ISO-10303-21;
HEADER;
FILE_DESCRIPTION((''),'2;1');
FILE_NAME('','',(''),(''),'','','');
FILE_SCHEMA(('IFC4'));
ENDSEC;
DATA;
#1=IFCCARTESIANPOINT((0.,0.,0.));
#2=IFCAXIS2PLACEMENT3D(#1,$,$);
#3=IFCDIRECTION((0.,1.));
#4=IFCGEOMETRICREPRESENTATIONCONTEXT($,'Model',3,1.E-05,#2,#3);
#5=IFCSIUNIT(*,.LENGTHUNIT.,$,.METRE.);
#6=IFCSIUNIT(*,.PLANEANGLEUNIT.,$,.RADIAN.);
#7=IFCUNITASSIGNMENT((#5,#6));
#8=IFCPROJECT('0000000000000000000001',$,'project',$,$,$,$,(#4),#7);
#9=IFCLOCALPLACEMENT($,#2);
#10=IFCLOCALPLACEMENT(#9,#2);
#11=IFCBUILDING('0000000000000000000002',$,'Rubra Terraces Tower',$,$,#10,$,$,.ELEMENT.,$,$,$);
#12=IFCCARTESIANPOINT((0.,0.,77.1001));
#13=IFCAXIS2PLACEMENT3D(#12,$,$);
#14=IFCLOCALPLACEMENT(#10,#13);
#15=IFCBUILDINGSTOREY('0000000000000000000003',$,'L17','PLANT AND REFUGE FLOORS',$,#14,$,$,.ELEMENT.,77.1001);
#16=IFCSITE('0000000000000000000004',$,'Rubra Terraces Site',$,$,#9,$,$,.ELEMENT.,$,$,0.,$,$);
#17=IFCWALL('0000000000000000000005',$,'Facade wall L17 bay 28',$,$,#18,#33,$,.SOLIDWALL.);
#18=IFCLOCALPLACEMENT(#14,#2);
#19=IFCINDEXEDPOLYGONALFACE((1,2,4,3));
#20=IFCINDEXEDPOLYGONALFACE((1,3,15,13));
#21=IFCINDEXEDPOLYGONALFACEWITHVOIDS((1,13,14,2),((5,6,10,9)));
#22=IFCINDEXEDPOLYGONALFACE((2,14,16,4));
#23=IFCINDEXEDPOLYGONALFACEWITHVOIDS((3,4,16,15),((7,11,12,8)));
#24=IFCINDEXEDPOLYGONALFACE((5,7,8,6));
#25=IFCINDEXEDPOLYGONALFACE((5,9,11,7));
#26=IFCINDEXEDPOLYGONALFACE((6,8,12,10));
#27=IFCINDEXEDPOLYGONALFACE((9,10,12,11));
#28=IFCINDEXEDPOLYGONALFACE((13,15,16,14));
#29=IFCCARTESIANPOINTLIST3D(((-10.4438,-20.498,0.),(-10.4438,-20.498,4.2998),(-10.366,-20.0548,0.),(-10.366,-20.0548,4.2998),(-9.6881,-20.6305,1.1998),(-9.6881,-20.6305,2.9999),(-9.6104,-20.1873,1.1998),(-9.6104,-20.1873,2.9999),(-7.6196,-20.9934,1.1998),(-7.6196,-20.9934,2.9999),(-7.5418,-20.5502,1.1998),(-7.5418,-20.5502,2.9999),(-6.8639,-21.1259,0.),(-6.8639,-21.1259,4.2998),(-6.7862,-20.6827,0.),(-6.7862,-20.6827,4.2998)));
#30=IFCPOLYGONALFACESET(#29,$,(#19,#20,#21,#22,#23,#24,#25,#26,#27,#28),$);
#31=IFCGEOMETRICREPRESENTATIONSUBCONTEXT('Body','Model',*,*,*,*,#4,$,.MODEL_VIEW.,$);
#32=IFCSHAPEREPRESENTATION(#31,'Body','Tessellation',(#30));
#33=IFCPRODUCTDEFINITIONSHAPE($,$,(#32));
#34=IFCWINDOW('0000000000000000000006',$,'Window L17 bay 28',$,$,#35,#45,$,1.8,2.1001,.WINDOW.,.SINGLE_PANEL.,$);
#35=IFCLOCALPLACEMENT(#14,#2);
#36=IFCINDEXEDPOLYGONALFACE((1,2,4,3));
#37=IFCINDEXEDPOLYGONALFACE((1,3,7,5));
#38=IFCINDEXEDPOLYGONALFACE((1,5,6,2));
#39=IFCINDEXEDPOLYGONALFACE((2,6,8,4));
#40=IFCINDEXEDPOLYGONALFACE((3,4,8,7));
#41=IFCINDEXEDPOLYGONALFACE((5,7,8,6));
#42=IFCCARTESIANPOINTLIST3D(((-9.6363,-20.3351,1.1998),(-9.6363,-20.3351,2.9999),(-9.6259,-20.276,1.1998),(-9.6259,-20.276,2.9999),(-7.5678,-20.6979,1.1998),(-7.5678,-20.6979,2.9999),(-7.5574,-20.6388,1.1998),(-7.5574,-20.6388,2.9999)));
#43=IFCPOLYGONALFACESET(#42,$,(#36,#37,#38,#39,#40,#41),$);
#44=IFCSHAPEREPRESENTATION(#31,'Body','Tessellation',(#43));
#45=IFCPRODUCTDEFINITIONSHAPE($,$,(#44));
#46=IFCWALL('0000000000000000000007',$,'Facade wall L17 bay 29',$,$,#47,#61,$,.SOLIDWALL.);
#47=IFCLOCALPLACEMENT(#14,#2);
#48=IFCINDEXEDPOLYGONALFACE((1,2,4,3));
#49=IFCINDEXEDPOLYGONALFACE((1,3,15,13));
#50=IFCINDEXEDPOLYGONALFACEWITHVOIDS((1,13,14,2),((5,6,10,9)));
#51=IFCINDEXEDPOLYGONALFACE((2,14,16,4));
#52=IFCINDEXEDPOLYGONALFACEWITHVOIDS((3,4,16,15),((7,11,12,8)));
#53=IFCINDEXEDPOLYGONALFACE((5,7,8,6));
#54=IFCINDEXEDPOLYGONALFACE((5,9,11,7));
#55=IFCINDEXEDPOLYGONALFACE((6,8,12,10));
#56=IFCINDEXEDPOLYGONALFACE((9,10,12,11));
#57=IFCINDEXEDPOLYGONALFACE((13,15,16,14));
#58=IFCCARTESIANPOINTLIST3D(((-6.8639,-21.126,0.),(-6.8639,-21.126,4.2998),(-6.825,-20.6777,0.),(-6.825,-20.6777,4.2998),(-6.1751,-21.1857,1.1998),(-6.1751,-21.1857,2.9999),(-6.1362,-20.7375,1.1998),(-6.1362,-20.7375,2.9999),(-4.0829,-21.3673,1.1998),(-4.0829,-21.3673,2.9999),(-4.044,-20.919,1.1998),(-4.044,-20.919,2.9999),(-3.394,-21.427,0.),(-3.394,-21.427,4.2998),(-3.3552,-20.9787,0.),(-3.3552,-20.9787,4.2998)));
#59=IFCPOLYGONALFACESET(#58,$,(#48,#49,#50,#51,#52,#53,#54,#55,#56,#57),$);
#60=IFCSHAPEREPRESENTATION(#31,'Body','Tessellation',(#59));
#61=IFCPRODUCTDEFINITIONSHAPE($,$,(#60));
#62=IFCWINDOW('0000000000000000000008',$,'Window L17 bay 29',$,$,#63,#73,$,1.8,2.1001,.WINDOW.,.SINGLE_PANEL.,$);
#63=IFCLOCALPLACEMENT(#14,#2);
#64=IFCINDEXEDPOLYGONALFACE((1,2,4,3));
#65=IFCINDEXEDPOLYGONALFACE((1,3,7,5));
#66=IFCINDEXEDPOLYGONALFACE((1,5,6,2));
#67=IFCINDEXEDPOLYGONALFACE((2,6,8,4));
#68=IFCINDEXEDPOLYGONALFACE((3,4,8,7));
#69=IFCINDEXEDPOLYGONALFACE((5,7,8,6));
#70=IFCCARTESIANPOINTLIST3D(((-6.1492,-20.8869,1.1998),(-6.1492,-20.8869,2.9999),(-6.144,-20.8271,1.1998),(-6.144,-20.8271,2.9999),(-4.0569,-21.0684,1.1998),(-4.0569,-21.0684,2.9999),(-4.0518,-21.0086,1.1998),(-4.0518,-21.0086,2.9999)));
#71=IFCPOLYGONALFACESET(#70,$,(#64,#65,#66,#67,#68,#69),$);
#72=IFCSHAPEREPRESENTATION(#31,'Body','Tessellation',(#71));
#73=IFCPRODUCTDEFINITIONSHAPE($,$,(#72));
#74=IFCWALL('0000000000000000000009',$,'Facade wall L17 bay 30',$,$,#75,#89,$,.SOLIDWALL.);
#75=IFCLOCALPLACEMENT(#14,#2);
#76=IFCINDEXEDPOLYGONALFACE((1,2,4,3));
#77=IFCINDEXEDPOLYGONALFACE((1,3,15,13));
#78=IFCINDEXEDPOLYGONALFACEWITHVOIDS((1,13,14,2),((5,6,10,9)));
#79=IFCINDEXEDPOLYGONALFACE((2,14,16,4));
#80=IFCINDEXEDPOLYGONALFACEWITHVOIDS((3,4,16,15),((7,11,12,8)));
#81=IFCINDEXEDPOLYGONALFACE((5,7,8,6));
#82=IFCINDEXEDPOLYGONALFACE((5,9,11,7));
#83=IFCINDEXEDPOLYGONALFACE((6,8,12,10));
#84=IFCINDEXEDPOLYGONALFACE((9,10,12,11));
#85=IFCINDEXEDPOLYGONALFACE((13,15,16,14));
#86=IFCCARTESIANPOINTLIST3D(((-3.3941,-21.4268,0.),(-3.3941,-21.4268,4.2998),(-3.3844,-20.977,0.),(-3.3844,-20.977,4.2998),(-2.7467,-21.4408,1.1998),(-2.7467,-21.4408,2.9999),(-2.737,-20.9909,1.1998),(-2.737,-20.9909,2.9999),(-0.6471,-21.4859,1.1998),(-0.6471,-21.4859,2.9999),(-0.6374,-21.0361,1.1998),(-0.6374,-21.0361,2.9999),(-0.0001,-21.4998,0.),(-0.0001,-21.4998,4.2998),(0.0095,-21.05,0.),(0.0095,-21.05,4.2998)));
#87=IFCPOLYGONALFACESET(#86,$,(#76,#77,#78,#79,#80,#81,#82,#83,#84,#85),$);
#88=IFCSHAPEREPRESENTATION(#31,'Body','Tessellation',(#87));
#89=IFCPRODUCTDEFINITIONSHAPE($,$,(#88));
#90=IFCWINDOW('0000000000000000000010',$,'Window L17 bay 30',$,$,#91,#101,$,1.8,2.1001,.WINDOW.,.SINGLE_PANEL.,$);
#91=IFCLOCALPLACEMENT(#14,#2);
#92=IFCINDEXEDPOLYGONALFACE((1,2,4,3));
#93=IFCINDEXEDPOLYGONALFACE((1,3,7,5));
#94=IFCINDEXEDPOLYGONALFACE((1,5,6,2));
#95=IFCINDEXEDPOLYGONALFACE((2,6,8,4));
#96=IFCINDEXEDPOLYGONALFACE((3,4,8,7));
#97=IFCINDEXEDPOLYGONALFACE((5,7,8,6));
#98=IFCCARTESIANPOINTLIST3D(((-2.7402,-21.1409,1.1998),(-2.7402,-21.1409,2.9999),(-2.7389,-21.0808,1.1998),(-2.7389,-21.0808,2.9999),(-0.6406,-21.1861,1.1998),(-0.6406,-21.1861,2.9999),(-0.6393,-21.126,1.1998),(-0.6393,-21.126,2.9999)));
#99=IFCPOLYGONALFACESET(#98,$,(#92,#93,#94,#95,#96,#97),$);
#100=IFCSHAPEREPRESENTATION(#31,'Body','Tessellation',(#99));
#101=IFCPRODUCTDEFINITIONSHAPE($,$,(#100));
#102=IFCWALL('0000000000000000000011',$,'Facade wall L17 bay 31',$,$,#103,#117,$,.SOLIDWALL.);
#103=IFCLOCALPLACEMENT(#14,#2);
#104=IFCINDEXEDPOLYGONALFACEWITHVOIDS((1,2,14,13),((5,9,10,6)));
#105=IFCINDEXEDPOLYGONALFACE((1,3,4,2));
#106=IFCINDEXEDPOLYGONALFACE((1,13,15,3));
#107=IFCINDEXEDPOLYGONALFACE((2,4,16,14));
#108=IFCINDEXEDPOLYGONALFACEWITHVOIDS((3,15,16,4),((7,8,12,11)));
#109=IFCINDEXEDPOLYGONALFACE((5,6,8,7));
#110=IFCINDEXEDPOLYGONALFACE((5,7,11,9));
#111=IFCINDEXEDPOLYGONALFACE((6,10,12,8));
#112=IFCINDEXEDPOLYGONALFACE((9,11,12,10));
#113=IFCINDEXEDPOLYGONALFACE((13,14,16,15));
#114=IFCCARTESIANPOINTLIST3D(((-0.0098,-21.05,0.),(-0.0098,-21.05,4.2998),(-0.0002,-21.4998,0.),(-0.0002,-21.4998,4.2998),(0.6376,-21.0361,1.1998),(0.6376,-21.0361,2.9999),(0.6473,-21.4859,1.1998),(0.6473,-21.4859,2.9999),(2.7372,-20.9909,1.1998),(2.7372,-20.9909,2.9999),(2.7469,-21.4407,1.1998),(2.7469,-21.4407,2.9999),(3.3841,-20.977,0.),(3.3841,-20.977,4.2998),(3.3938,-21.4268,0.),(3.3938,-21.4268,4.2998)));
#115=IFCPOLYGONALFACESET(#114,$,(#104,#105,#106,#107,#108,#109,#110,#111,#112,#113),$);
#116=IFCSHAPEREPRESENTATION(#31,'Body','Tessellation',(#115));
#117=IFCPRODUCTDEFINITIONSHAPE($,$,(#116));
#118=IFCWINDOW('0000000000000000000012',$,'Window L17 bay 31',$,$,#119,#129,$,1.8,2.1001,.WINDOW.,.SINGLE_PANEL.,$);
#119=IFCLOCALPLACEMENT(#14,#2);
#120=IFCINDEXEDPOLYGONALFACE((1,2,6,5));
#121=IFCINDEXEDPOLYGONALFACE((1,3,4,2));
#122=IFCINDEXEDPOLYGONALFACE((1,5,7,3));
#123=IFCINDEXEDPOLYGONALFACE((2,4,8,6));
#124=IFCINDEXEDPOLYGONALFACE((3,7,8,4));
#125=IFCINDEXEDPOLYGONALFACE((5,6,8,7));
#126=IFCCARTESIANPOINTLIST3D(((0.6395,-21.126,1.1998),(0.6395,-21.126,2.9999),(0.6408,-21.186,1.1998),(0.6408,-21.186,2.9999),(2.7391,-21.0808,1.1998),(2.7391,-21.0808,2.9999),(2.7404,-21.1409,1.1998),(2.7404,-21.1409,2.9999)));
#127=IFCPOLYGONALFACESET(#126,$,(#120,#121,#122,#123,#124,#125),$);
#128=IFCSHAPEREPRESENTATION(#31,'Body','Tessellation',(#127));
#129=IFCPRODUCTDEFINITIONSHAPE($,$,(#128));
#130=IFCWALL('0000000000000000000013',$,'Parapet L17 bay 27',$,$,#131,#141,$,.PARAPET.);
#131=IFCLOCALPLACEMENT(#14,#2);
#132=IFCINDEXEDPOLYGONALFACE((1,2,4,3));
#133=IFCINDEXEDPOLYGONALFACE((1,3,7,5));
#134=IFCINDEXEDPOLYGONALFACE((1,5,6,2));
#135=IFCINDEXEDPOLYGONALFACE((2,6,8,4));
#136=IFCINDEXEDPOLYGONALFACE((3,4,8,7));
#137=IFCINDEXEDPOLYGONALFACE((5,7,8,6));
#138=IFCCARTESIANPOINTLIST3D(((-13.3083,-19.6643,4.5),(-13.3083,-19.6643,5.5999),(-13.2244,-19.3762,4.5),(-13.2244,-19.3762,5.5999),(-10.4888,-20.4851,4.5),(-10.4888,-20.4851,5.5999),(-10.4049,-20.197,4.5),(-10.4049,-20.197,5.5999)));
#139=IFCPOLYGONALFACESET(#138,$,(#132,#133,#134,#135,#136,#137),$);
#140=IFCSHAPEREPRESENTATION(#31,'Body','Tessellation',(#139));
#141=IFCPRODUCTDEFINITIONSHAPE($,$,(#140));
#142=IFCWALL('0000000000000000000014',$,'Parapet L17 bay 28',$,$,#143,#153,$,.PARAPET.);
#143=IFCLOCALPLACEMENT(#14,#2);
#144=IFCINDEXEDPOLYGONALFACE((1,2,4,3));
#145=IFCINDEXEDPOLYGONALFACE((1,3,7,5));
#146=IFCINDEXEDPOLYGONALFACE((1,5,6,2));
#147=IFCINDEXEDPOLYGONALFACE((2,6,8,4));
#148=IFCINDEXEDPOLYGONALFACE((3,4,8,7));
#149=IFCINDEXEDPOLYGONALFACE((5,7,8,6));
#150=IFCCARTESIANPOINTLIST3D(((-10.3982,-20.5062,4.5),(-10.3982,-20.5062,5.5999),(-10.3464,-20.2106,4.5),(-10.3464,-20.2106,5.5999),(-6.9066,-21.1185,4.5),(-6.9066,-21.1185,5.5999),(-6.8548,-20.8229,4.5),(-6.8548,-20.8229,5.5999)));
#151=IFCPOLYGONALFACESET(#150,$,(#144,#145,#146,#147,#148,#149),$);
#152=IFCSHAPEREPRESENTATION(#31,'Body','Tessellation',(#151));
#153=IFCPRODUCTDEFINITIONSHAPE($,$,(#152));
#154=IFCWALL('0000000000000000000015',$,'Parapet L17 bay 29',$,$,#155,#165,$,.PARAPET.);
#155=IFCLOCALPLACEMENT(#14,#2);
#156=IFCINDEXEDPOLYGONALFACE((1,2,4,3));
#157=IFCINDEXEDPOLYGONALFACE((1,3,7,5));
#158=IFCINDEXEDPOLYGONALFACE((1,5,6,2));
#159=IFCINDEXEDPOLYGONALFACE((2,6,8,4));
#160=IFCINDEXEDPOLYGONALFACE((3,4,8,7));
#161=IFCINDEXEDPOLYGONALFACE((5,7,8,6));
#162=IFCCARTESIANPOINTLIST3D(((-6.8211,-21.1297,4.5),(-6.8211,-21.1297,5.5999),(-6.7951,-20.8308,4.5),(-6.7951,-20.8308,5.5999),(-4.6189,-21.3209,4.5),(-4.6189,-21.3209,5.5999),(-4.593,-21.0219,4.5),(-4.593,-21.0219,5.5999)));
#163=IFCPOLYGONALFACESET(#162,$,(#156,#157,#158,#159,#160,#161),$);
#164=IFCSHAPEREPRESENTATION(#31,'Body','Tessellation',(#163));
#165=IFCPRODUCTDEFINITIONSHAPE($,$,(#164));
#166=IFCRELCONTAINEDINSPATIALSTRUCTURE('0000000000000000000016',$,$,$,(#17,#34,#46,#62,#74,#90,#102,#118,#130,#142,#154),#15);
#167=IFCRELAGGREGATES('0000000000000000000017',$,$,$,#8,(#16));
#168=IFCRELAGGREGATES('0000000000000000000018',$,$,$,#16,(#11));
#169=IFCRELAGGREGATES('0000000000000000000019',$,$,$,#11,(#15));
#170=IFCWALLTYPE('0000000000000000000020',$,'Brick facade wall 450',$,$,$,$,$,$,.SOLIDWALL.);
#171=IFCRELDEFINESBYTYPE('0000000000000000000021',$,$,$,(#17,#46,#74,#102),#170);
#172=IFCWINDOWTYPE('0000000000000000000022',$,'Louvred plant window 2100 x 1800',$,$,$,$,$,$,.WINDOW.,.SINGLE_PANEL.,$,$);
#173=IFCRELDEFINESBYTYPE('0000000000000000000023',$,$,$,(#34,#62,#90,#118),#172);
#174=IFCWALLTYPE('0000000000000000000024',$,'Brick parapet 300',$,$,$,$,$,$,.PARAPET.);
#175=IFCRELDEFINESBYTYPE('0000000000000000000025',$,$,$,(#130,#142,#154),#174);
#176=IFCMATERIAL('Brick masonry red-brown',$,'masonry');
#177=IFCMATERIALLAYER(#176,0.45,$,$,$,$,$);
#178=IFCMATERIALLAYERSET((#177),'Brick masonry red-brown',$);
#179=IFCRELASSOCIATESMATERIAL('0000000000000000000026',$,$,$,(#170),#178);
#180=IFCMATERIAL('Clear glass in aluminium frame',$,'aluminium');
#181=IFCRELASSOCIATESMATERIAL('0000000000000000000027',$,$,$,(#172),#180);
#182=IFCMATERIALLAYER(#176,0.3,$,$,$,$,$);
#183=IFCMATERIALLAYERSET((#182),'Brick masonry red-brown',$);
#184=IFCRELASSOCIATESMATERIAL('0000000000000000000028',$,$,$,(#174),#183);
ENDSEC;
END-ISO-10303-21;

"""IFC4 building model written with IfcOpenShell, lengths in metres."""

from ifc_helpers import new_model, si_unit, direction, frame, frame_2d, origin, place, context, subcontext, project, spatial, rectangle, extrude, material, layer, layer_set, type_object, element, fill, save


model = new_model("IFC4")

# Units and contexts
model_context = context("Model", 3, precision=1e-05, world=origin(), true_north=direction((0.0, 1.0)))
body_context = subcontext(model_context, "Body", "Model", "MODEL_VIEW")
ifc_project = project(units=[si_unit("LENGTHUNIT", "METRE"), si_unit("PLANEANGLEUNIT", "RADIAN")], contexts=[model_context])

# Site, building, storey
site_placement = place(None, origin())
site = spatial("IfcSite", under=ifc_project, at=site_placement, Name="Rubra Terraces Site", CompositionType="ELEMENT", RefElevation=0.0)
building_placement = place(site_placement, origin())
building = spatial("IfcBuilding", under=site, at=building_placement, Name="Rubra Terraces Tower", CompositionType="ELEMENT")
storey_placement = place(building_placement, frame((0.0, 0.0, 77.1001)))
storey = spatial("IfcBuildingStorey", under=building, at=storey_placement, Name="L17", Description="PLANT AND REFUGE FLOORS", CompositionType="ELEMENT", Elevation=77.1001)

# Walls, openings, windows
ifc_material_1 = material(Name="Brick masonry red-brown", Category="masonry")
ifc_layer_1 = layer(ifc_material_1, 0.45)
ifc_layer_set_1 = layer_set([ifc_layer_1], Name="Brick masonry red-brown")
wall_type_1 = type_object("IfcWallType", Name="Brick facade wall 450", PredefinedType="SOLIDWALL", material=ifc_layer_set_1)
wall_1_placement = place(storey_placement, frame((-10.405, -20.2764, 0.0), z_axis=(0.0, 0.0, 1.0), x_axis=(0.984962, -0.17277, 0.0)))
wall_1 = element("IfcWall", 1, at=wall_1_placement, inside=storey, type_object=wall_type_1, Name="Facade wall L17 bay 28", PredefinedType="SOLIDWALL", context=body_context, shape_type="SweptSolid", body=[
    extrude(rectangle(XDim=3.6345, YDim=0.45, at=frame_2d((1.8174, 0.0))), origin(), (0.0, 0.0, 1.0), 4.2998),
])
opening_1_placement = place(wall_1_placement, frame((0.7673, 0.0, 1.2)))
opening_1 = element("IfcOpeningElement", 2, at=opening_1_placement, cuts=wall_1, PredefinedType="OPENING", context=body_context, shape_type="SweptSolid", body=[
    extrude(rectangle(XDim=2.1001, YDim=1.8, at=frame_2d((1.05, 0.8999))), frame((0.0, 0.2349, 0.0), z_axis=(0.0, -1.0, 0.0), x_axis=(1.0, 0.0, 0.0)), (0.0, 0.0, 1.0), 0.47),
])
ifc_material_2 = material(Name="Clear glass in aluminium frame", Category="aluminium")
window_type = type_object("IfcWindowType", Name="Louvred plant window 2100 x 1800", PartitioningType="SINGLE_PANEL", PredefinedType="WINDOW", material=ifc_material_2)
window_1_placement = place(opening_1_placement, origin())
window_1 = element("IfcWindow", 3, at=window_1_placement, inside=storey, type_object=window_type, Name="Window L17 bay 28", OverallHeight=1.8, OverallWidth=2.1001, PartitioningType="SINGLE_PANEL", PredefinedType="WINDOW", context=body_context, shape_type="SweptSolid", body=[
    extrude(rectangle(XDim=2.1001, YDim=1.8, at=frame_2d((1.05, 0.8999))), frame((0.0, 0.135, 0.0), z_axis=(0.0, -1.0, 0.0), x_axis=(1.0, 0.0, 0.0)), (0.0, 0.0, 1.0), 0.0601),
])
fill(opening_1, window_1)
wall_2_placement = place(storey_placement, frame((-6.8445, -20.9019, 0.0), z_axis=(0.0, 0.0, 1.0), x_axis=(0.996258, -0.086427, 0.0)))
wall_2 = element("IfcWall", 4, at=wall_2_placement, inside=storey, type_object=wall_type_1, Name="Facade wall L17 bay 29", PredefinedType="SOLIDWALL", context=body_context, shape_type="SweptSolid", body=[
    extrude(rectangle(XDim=3.4829, YDim=0.45, at=frame_2d((1.7415, 0.0))), origin(), (0.0, 0.0, 1.0), 4.2998),
])
opening_2_placement = place(wall_2_placement, frame((0.6914, 0.0, 1.2)))
opening_2 = element("IfcOpeningElement", 5, at=opening_2_placement, cuts=wall_2, PredefinedType="OPENING", context=body_context, shape_type="SweptSolid", body=[
    extrude(rectangle(XDim=2.1001, YDim=1.8, at=frame_2d((1.05, 0.8999))), frame((0.0, 0.2349, 0.0), z_axis=(0.0, -1.0, 0.0), x_axis=(1.0, 0.0, 0.0)), (0.0, 0.0, 1.0), 0.47),
])
window_2_placement = place(opening_2_placement, origin())
window_2 = element("IfcWindow", 6, at=window_2_placement, inside=storey, type_object=window_type, Name="Window L17 bay 29", OverallHeight=1.8, OverallWidth=2.1001, PartitioningType="SINGLE_PANEL", PredefinedType="WINDOW", context=body_context, shape_type="SweptSolid", body=[
    extrude(rectangle(XDim=2.1001, YDim=1.8, at=frame_2d((1.05, 0.8999))), frame((0.0, 0.135, 0.0), z_axis=(0.0, -1.0, 0.0), x_axis=(1.0, 0.0, 0.0)), (0.0, 0.0, 1.0), 0.0601),
])
fill(opening_2, window_2)
wall_3_placement = place(storey_placement, frame((-3.3892, -21.2019, 0.0), z_axis=(0.0, 0.0, 1.0), x_axis=(0.999769, -0.021503, 0.0)))
wall_3 = element("IfcWall", 7, at=wall_3_placement, inside=storey, type_object=wall_type_1, Name="Facade wall L17 bay 30", PredefinedType="SOLIDWALL", context=body_context, shape_type="SweptSolid", body=[
    extrude(rectangle(XDim=3.3948, YDim=0.45, at=frame_2d((1.6973, 0.0))), origin(), (0.0, 0.0, 1.0), 4.2998),
])
opening_3_placement = place(wall_3_placement, frame((0.6475, 0.0, 1.2)))
opening_3 = element("IfcOpeningElement", 8, at=opening_3_placement, cuts=wall_3, PredefinedType="OPENING", context=body_context, shape_type="SweptSolid", body=[
    extrude(rectangle(XDim=2.1001, YDim=1.8, at=frame_2d((1.05, 0.8999))), frame((0.0, 0.2349, 0.0), z_axis=(0.0, -1.0, 0.0), x_axis=(1.0, 0.0, 0.0)), (0.0, 0.0, 1.0), 0.47),
])
window_3_placement = place(opening_3_placement, origin())
window_3 = element("IfcWindow", 9, at=window_3_placement, inside=storey, type_object=window_type, Name="Window L17 bay 30", OverallHeight=1.8, OverallWidth=2.1001, PartitioningType="SINGLE_PANEL", PredefinedType="WINDOW", context=body_context, shape_type="SweptSolid", body=[
    extrude(rectangle(XDim=2.1001, YDim=1.8, at=frame_2d((1.05, 0.8999))), frame((0.0, 0.135, 0.0), z_axis=(0.0, -1.0, 0.0), x_axis=(1.0, 0.0, 0.0)), (0.0, 0.0, 1.0), 0.0601),
])
fill(opening_3, window_3)
wall_4_placement = place(storey_placement, frame((-0.0049, -21.2749, 0.0), z_axis=(0.0, 0.0, 1.0), x_axis=(0.999769, 0.021503, 0.0)))
wall_4 = element("IfcWall", 10, at=wall_4_placement, inside=storey, type_object=wall_type_1, Name="Facade wall L17 bay 31", PredefinedType="SOLIDWALL", context=body_context, shape_type="SweptSolid", body=[
    extrude(rectangle(XDim=3.3948, YDim=0.45, at=frame_2d((1.6973, 0.0))), origin(), (0.0, 0.0, 1.0), 4.2998),
])
opening_4_placement = place(wall_4_placement, frame((0.6475, 0.0, 1.2)))
opening_4 = element("IfcOpeningElement", 11, at=opening_4_placement, cuts=wall_4, PredefinedType="OPENING", context=body_context, shape_type="SweptSolid", body=[
    extrude(rectangle(XDim=2.1001, YDim=1.8, at=frame_2d((1.05, 0.8999))), frame((0.0, 0.2349, 0.0), z_axis=(0.0, -1.0, 0.0), x_axis=(1.0, 0.0, 0.0)), (0.0, 0.0, 1.0), 0.47),
])
window_4_placement = place(opening_4_placement, origin())
window_4 = element("IfcWindow", 12, at=window_4_placement, inside=storey, type_object=window_type, Name="Window L17 bay 31", OverallHeight=1.8, OverallWidth=2.1001, PartitioningType="SINGLE_PANEL", PredefinedType="WINDOW", context=body_context, shape_type="SweptSolid", body=[
    extrude(rectangle(XDim=2.1001, YDim=1.8, at=frame_2d((1.05, 0.8999))), frame((0.0, 0.135, 0.0), z_axis=(0.0, -1.0, 0.0), x_axis=(1.0, 0.0, 0.0)), (0.0, 0.0, 1.0), 0.0601),
])
fill(opening_4, window_4)

# Walls
ifc_layer_2 = layer(ifc_material_1, 0.3)
ifc_layer_set_2 = layer_set([ifc_layer_2], Name="Brick masonry red-brown")
wall_type_2 = type_object("IfcWallType", Name="Brick parapet 300", PredefinedType="PARAPET", material=ifc_layer_set_2)
wall_5_placement = place(storey_placement, frame((-13.2664, -19.5203, 4.5), z_axis=(0.0, 0.0, 1.0), x_axis=(0.960144, -0.279505, 0.0)))
element("IfcWall", 13, at=wall_5_placement, inside=storey, type_object=wall_type_2, Name="Parapet L17 bay 27", PredefinedType="PARAPET", context=body_context, shape_type="SweptSolid", body=[
    extrude(rectangle(XDim=2.9365, YDim=0.3, at=frame_2d((1.4683, 0.0))), origin(), (0.0, 0.0, 1.0), 1.0999),
])
wall_6_placement = place(storey_placement, frame((-10.3723, -20.3584, 4.5), z_axis=(0.0, 0.0, 1.0), x_axis=(0.98497, -0.172724, 0.0)))
element("IfcWall", 14, at=wall_6_placement, inside=storey, type_object=wall_type_2, Name="Parapet L17 bay 28", PredefinedType="PARAPET", context=body_context, shape_type="SweptSolid", body=[
    extrude(rectangle(XDim=3.5449, YDim=0.3, at=frame_2d((1.7725, 0.0))), origin(), (0.0, 0.0, 1.0), 1.0999),
])
wall_7_placement = place(storey_placement, frame((-6.8081, -20.9802, 4.5), z_axis=(0.0, 0.0, 1.0), x_axis=(0.996253, -0.086482, 0.0)))
element("IfcWall", 15, at=wall_7_placement, inside=storey, type_object=wall_type_2, Name="Parapet L17 bay 29", PredefinedType="PARAPET", context=body_context, shape_type="SweptSolid", body=[
    extrude(rectangle(XDim=2.2104, YDim=0.3, at=frame_2d((1.1052, 0.0))), origin(), (0.0, 0.0, 1.0), 1.0999),
])

save(model, "model.ifc")
